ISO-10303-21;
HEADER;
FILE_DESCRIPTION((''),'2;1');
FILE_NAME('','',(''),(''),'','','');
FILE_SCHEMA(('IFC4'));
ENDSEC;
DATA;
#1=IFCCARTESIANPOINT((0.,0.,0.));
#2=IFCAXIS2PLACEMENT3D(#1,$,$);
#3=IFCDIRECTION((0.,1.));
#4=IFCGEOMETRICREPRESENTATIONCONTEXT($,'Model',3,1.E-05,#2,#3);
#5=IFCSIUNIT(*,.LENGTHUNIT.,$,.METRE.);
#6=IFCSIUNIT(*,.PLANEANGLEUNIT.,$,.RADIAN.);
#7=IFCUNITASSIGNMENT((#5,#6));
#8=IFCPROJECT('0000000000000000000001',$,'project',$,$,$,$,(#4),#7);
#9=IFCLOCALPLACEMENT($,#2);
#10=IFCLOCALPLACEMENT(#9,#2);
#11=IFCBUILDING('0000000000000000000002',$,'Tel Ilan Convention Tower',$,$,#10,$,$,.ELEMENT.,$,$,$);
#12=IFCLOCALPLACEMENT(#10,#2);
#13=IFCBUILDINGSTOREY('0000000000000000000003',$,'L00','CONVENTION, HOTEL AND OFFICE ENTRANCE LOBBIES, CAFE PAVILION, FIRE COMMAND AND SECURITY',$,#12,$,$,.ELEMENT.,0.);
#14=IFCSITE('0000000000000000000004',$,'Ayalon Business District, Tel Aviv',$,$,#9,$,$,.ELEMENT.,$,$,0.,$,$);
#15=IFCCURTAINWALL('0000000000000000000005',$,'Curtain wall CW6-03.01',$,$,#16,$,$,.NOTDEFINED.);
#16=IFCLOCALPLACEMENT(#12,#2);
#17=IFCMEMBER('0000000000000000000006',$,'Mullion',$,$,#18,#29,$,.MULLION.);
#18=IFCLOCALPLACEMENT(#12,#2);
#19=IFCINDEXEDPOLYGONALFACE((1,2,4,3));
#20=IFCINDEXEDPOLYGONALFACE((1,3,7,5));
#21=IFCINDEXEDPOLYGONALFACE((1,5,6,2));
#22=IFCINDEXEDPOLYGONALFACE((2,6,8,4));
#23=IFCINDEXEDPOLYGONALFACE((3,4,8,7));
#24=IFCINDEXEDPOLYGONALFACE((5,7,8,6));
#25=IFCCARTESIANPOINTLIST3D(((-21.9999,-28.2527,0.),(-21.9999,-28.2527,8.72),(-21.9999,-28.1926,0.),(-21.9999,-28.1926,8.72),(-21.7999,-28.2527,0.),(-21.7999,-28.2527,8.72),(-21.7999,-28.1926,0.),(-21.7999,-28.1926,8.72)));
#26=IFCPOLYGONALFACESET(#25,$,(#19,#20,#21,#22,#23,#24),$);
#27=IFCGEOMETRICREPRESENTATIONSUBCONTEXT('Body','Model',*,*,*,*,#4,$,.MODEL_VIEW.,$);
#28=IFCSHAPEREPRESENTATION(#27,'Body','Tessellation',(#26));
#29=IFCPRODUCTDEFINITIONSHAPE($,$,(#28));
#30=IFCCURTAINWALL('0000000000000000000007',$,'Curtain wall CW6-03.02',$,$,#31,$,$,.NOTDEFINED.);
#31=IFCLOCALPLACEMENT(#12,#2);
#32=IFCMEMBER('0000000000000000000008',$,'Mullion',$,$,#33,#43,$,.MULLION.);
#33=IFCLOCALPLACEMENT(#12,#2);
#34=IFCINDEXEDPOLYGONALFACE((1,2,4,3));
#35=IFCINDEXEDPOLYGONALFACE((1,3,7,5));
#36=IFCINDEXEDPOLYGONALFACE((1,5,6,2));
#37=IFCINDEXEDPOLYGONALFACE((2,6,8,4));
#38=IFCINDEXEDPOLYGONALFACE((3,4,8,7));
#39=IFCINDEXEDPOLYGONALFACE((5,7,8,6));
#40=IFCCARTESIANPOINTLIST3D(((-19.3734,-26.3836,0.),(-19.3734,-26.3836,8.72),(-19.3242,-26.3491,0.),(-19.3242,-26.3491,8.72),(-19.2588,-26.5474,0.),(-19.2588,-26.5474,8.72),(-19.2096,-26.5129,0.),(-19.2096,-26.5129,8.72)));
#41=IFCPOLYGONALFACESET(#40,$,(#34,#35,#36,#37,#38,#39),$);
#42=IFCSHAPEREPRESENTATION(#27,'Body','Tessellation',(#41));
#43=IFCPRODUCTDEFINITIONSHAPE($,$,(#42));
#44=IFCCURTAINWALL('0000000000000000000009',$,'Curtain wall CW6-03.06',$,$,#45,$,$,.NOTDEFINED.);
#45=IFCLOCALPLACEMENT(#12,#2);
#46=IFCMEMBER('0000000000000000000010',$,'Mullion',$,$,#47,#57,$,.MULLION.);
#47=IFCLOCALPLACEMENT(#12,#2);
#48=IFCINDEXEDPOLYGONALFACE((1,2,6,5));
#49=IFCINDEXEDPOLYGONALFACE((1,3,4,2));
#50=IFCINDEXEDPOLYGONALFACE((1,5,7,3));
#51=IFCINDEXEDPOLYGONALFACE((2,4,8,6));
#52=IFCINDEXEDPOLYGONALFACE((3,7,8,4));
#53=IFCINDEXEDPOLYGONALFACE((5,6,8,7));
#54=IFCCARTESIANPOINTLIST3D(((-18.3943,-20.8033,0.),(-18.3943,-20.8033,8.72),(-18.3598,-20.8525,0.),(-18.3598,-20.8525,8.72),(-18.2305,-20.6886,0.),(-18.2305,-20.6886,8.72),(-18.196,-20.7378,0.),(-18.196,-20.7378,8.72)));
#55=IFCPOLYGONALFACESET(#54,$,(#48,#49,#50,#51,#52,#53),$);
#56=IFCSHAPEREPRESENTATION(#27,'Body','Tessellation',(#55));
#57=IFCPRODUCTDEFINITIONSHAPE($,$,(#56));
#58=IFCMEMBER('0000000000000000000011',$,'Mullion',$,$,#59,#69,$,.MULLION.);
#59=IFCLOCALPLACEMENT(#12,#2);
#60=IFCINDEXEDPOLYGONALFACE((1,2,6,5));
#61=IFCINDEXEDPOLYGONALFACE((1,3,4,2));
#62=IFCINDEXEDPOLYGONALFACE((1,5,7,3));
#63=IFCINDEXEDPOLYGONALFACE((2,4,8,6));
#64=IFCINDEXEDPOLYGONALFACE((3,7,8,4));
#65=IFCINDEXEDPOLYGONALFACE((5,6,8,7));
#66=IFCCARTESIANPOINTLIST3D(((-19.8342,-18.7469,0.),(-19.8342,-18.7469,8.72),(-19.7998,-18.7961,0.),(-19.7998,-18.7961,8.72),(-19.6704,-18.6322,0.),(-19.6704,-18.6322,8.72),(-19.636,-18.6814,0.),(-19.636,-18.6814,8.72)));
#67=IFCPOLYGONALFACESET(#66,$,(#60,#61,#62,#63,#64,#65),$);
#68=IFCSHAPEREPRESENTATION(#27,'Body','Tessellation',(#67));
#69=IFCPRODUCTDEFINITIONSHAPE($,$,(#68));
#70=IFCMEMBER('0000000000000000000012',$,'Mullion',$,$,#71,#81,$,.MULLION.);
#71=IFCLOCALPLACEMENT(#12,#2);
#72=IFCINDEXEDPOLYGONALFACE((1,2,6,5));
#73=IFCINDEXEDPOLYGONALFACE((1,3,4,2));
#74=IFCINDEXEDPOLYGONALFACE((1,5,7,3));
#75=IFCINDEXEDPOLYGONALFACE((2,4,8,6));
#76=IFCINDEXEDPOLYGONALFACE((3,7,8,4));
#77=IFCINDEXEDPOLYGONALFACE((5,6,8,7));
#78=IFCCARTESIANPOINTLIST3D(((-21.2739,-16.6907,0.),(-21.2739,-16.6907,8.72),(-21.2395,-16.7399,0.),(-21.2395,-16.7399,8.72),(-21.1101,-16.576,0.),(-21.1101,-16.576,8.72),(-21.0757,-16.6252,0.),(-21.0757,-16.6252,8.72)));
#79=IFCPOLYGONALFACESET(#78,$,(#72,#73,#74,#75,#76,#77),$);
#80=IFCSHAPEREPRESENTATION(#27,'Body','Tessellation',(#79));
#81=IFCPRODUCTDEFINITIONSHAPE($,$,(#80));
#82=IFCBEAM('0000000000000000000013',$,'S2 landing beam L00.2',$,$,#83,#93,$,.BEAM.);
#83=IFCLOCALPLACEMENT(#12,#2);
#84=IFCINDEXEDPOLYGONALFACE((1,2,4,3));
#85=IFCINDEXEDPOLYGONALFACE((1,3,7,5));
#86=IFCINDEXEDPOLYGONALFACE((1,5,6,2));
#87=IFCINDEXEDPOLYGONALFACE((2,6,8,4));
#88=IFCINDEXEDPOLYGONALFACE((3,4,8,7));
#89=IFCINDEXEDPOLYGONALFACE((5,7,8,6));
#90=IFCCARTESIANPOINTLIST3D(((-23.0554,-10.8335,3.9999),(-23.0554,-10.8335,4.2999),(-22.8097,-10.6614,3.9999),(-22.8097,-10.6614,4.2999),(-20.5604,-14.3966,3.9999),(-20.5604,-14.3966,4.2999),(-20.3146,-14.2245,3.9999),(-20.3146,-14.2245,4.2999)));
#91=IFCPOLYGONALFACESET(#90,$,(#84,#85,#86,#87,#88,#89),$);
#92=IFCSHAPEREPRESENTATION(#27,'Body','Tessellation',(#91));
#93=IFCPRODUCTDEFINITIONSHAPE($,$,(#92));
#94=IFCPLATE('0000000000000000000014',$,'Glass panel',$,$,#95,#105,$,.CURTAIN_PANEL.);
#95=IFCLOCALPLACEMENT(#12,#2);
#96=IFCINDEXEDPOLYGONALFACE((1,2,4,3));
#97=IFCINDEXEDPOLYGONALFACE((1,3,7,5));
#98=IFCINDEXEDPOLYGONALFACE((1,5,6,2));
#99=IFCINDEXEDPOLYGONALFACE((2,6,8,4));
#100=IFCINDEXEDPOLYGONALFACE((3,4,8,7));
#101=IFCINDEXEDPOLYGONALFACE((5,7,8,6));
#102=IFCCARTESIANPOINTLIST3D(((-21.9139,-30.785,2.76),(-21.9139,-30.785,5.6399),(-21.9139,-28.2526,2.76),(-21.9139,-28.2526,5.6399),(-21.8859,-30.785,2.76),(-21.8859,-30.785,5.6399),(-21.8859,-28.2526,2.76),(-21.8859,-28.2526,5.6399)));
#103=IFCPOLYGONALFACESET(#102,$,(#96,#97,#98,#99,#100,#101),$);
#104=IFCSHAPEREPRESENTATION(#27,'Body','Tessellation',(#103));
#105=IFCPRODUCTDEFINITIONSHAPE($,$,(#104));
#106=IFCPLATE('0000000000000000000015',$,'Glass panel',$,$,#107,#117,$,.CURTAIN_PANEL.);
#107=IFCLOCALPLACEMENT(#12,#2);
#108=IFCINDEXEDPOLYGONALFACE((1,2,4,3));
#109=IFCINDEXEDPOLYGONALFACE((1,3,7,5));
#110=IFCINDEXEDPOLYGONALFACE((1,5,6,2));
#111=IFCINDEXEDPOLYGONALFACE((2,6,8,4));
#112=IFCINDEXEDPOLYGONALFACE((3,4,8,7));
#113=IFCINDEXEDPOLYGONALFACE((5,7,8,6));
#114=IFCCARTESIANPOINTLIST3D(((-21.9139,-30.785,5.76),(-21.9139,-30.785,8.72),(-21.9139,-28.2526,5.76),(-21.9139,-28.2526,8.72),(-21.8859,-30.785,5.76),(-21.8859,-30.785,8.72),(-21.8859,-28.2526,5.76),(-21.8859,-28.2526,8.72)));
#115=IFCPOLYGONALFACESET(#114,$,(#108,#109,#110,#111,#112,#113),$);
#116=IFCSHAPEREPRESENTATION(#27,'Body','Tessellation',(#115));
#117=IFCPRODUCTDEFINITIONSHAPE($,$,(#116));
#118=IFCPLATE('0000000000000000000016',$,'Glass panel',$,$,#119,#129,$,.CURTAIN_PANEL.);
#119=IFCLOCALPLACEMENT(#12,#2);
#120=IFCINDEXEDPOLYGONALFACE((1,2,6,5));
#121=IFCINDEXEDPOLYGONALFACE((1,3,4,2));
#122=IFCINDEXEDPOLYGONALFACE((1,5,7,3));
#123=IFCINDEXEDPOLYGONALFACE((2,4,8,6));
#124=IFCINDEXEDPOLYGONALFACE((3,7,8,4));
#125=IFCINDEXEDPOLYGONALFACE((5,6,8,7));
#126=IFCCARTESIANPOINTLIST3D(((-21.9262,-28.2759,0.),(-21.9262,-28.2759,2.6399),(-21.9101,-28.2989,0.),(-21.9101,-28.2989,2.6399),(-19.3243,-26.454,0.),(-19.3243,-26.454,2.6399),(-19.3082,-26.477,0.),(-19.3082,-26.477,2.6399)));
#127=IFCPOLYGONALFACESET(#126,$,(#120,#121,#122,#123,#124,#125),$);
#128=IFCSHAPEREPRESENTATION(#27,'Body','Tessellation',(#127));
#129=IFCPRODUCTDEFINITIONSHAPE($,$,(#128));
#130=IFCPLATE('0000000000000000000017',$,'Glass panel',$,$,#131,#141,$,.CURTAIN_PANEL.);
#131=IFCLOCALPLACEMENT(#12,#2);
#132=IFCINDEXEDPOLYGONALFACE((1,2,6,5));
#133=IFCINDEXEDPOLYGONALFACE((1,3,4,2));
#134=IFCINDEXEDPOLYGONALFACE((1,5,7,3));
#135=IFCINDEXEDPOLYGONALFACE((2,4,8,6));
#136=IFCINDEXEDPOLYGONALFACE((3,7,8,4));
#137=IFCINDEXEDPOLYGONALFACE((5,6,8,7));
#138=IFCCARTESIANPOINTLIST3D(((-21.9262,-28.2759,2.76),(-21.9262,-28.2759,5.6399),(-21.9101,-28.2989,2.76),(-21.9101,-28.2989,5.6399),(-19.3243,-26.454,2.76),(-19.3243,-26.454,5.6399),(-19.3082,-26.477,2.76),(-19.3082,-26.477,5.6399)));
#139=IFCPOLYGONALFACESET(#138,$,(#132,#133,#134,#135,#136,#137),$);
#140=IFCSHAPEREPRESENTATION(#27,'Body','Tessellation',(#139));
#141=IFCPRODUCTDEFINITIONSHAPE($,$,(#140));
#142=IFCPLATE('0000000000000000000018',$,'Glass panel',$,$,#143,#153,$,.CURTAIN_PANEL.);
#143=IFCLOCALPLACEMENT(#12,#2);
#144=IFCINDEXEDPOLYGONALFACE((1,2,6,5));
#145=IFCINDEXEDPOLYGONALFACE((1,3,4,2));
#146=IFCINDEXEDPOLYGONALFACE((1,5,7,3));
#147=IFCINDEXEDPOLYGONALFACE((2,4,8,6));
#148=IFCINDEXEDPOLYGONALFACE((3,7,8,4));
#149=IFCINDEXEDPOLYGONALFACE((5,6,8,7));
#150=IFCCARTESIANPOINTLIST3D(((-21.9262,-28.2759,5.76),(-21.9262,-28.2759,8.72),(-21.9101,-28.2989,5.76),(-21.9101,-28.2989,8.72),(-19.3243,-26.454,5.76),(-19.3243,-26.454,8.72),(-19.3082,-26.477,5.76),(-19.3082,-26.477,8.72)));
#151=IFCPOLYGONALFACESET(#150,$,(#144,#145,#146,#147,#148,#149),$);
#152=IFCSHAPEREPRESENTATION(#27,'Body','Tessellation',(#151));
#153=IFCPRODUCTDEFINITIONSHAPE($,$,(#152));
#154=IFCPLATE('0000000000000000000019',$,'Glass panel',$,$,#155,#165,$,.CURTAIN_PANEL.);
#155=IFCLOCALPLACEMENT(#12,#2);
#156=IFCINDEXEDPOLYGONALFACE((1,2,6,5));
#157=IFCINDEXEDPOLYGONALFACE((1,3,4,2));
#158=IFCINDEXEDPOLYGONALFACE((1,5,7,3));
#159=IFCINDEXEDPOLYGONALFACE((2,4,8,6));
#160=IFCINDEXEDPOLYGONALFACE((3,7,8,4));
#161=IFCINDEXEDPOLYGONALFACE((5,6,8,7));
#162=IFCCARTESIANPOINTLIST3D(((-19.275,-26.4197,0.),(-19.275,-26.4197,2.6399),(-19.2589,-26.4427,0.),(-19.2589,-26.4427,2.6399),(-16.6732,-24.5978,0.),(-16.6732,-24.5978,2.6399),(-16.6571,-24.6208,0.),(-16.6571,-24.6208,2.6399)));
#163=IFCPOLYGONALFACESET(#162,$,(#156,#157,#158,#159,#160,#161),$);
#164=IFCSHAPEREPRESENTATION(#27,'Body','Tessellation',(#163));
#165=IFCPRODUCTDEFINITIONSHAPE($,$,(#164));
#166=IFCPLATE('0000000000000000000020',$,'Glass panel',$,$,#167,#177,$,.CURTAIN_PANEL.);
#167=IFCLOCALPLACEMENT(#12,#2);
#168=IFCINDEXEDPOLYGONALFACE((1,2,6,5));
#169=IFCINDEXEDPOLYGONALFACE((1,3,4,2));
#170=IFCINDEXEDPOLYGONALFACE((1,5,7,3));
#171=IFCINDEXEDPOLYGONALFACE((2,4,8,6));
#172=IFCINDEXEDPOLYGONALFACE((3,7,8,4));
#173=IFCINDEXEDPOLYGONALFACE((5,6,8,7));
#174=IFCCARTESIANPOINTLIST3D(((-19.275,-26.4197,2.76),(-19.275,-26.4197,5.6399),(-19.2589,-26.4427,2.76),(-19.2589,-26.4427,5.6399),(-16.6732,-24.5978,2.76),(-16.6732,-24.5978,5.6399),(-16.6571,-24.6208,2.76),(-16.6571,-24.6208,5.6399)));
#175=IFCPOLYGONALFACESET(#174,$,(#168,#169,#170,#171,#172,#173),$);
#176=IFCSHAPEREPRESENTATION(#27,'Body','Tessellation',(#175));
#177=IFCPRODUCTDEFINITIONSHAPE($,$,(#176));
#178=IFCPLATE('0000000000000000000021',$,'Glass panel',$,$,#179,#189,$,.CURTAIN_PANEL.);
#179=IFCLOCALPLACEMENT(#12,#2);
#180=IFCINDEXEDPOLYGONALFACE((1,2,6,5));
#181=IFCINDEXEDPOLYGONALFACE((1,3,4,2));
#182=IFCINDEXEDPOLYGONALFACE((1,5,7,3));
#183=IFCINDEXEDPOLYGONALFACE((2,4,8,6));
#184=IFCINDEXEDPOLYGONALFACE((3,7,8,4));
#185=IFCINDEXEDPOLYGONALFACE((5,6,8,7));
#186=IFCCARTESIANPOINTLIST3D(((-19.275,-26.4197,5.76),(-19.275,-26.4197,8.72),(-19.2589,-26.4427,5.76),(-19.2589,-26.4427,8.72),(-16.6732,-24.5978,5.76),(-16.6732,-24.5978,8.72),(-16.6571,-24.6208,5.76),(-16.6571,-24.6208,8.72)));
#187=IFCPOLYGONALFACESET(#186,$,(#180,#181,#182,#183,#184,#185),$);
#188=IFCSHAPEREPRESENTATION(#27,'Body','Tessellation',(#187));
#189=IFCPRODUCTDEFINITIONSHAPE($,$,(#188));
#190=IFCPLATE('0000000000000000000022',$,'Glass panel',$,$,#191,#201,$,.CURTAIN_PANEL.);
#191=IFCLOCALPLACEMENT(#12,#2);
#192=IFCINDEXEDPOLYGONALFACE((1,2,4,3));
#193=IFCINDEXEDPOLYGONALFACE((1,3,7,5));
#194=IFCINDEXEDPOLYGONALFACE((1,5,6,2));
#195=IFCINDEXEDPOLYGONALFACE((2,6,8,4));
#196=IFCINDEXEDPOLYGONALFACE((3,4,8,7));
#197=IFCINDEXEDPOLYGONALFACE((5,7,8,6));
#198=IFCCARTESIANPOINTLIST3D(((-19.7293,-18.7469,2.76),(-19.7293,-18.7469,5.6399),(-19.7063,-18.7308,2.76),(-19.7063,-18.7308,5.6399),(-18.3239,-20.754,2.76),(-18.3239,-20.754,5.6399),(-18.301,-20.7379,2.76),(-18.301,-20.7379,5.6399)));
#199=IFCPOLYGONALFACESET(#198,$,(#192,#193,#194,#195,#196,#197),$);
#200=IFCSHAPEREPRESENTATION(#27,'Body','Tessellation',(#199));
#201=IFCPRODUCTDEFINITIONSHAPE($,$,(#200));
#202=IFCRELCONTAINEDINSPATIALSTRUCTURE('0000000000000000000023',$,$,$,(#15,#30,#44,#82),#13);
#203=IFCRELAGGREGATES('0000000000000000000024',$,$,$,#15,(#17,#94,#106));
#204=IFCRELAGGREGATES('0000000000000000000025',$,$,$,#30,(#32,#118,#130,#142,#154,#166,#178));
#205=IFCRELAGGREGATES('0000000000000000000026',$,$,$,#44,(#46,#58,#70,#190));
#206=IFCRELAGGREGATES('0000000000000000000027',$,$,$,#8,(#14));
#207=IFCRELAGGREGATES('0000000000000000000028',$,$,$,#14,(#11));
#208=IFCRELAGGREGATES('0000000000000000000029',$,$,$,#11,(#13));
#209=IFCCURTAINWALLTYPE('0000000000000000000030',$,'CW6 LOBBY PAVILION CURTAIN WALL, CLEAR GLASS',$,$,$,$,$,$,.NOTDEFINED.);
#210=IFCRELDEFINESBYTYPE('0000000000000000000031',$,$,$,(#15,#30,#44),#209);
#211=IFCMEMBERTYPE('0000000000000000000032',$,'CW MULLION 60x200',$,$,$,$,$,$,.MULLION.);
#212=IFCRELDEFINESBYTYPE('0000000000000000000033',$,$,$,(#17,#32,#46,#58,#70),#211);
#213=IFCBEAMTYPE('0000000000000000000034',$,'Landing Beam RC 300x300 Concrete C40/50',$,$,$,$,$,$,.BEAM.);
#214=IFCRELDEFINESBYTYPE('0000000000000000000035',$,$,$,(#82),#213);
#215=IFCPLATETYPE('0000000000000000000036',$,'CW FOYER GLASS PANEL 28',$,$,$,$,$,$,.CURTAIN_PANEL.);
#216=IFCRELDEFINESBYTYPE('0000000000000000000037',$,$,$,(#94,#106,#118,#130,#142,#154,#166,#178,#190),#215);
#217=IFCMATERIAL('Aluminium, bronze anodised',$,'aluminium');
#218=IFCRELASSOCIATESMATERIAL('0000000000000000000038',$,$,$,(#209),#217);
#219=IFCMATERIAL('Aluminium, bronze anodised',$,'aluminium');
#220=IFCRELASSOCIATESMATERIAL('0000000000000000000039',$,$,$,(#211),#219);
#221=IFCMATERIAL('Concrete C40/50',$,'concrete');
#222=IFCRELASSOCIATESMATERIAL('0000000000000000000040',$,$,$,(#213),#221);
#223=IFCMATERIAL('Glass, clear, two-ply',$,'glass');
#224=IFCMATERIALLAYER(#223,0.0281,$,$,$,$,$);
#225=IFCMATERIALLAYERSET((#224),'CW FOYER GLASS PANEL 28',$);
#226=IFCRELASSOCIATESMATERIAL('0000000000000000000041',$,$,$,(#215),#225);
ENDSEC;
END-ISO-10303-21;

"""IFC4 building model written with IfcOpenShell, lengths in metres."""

from ifc_helpers import new_model, si_unit, direction, frame, origin, origin_2d, place, context, subcontext, project, spatial, rectangle, extrude, material, layer, layer_set, material_profile, profile_set, type_object, element, aggregate, save


model = new_model("IFC4")

# Units and contexts
model_context = context("Model", 3, precision=1e-05, world=origin(), true_north=direction((0.0, 1.0)))
body_context = subcontext(model_context, "Body", "Model", "MODEL_VIEW")
ifc_project = project(units=[si_unit("LENGTHUNIT", "METRE"), si_unit("PLANEANGLEUNIT", "RADIAN")], contexts=[model_context])

# Site, building, storey
site_placement = place(None, origin())
site = spatial("IfcSite", under=ifc_project, at=site_placement, Name="Ayalon Business District, Tel Aviv", CompositionType="ELEMENT", RefElevation=0.0)
building_placement = place(site_placement, origin())
building = spatial("IfcBuilding", under=site, at=building_placement, Name="Tel Ilan Convention Tower", CompositionType="ELEMENT")
storey_placement = place(building_placement, origin())
storey = spatial("IfcBuildingStorey", under=building, at=storey_placement, Name="L00", Description="CONVENTION, HOTEL AND OFFICE ENTRANCE LOBBIES, CAFE PAVILION, FIRE COMMAND AND SECURITY", CompositionType="ELEMENT", Elevation=0.0)

# Curtain walls, members
ifc_material_1 = material(Name="Aluminium, bronze anodised", Category="aluminium")
curtain_wall_type = type_object("IfcCurtainWallType", Name="CW6 LOBBY PAVILION CURTAIN WALL, CLEAR GLASS", PredefinedType="NOTDEFINED", material=ifc_material_1)
curtain_wall_1_placement = place(storey_placement, origin())
curtain_wall_1 = element("IfcCurtainWall", 1, at=curtain_wall_1_placement, inside=storey, type_object=curtain_wall_type, Name="Curtain wall CW6-03.01", PredefinedType="NOTDEFINED")
ifc_material_2 = material(Name="Aluminium, bronze anodised", Category="aluminium")
ifc_material_profile_1 = material_profile(ifc_material_2, rectangle(XDim=0.0601, YDim=0.2, at=origin_2d()), Name="CW MULLION 60x200")
ifc_profile_set_1 = profile_set([ifc_material_profile_1], Name="Aluminium, bronze anodised")
member_type = type_object("IfcMemberType", Name="CW MULLION 60x200", PredefinedType="MULLION", material=ifc_profile_set_1)
member_1_placement = place(storey_placement, frame((-21.8999, -28.2227, 0.0), z_axis=(0.0, 0.0, 1.0), x_axis=(0.0, 1.0, 0.0)))
member_1 = element("IfcMember", 2, at=member_1_placement, type_object=member_type, Name="Mullion", PredefinedType="MULLION", context=body_context, shape_type="SweptSolid", body=[
    extrude(rectangle(XDim=0.0601, YDim=0.2, at=origin_2d()), origin(), (0.0, 0.0, 1.0), 8.72),
])
curtain_wall_2_placement = place(storey_placement, origin())
curtain_wall_2 = element("IfcCurtainWall", 3, at=curtain_wall_2_placement, inside=storey, type_object=curtain_wall_type, Name="Curtain wall CW6-03.02", PredefinedType="NOTDEFINED")
member_2_placement = place(storey_placement, frame((-19.2915, -26.4482, 0.0), z_axis=(0.0, 0.0, 1.0), x_axis=(0.819152, 0.573576, 0.0)))
member_2 = element("IfcMember", 4, at=member_2_placement, type_object=member_type, Name="Mullion", PredefinedType="MULLION", context=body_context, shape_type="SweptSolid", body=[
    extrude(rectangle(XDim=0.0601, YDim=0.2, at=origin_2d()), origin(), (0.0, 0.0, 1.0), 8.72),
])

# Curtain wall, members
curtain_wall_3_placement = place(storey_placement, origin())
curtain_wall_3 = element("IfcCurtainWall", 5, at=curtain_wall_3_placement, inside=storey, type_object=curtain_wall_type, Name="Curtain wall CW6-03.06", PredefinedType="NOTDEFINED")
member_3_placement = place(storey_placement, frame((-18.2952, -20.7705, 0.0), z_axis=(0.0, 0.0, 1.0), x_axis=(-0.573576, 0.819152, 0.0)))
member_3 = element("IfcMember", 6, at=member_3_placement, type_object=member_type, Name="Mullion", PredefinedType="MULLION", context=body_context, shape_type="SweptSolid", body=[
    extrude(rectangle(XDim=0.0601, YDim=0.2, at=origin_2d()), origin(), (0.0, 0.0, 1.0), 8.72),
])
member_4_placement = place(storey_placement, frame((-19.7351, -18.7141, 0.0), z_axis=(0.0, 0.0, 1.0), x_axis=(-0.573576, 0.819152, 0.0)))
member_4 = element("IfcMember", 7, at=member_4_placement, type_object=member_type, Name="Mullion", PredefinedType="MULLION", context=body_context, shape_type="SweptSolid", body=[
    extrude(rectangle(XDim=0.0601, YDim=0.2, at=origin_2d()), origin(), (0.0, 0.0, 1.0), 8.72),
])
member_5_placement = place(storey_placement, frame((-21.1748, -16.658, 0.0), z_axis=(0.0, 0.0, 1.0), x_axis=(-0.573576, 0.819152, 0.0)))
member_5 = element("IfcMember", 8, at=member_5_placement, type_object=member_type, Name="Mullion", PredefinedType="MULLION", context=body_context, shape_type="SweptSolid", body=[
    extrude(rectangle(XDim=0.0601, YDim=0.2, at=origin_2d()), origin(), (0.0, 0.0, 1.0), 8.72),
])

# Beam
ifc_material_3 = material(Name="Concrete C40/50", Category="concrete")
ifc_material_profile_2 = material_profile(ifc_material_3, rectangle(XDim=0.3, YDim=0.3, at=origin_2d()), Name="RC 300x300")
ifc_profile_set_2 = profile_set([ifc_material_profile_2], Name="Concrete C40/50")
beam_type = type_object("IfcBeamType", Name="Landing Beam RC 300x300 Concrete C40/50", PredefinedType="BEAM", material=ifc_profile_set_2)
beam_placement = place(storey_placement, frame((-20.4375, -14.3105, 4.1499), z_axis=(-0.573594, 0.81914, 0.0), x_axis=(-0.81914, -0.573594, 0.0)))
element("IfcBeam", 9, at=beam_placement, inside=storey, type_object=beam_type, Name="S2 landing beam L00.2", PredefinedType="BEAM", context=body_context, shape_type="SweptSolid", body=[
    extrude(rectangle(XDim=0.3, YDim=0.3, at=origin_2d()), origin(), (0.0, 0.0, 1.0), 4.3499),
])

# Plates
ifc_material_4 = material(Name="Glass, clear, two-ply", Category="glass")
ifc_layer_1 = layer(ifc_material_4, 0.0281)
ifc_layer_set_1 = layer_set([ifc_layer_1], Name="CW FOYER GLASS PANEL 28")
plate_type = type_object("IfcPlateType", Name="CW FOYER GLASS PANEL 28", PredefinedType="CURTAIN_PANEL", material=ifc_layer_set_1)
plate_1_placement = place(storey_placement, frame((-21.8999, -29.5188, 2.76), z_axis=(0.0, 0.0, 1.0), x_axis=(0.0, 1.0, 0.0)))
plate_1 = element("IfcPlate", 10, at=plate_1_placement, type_object=plate_type, Name="Glass panel", PredefinedType="CURTAIN_PANEL", context=body_context, shape_type="SweptSolid", body=[
    extrude(rectangle(XDim=2.5325, YDim=0.0281, at=origin_2d()), origin(), (0.0, 0.0, 1.0), 2.8799),
])
plate_2_placement = place(storey_placement, frame((-21.8999, -29.5188, 5.76), z_axis=(0.0, 0.0, 1.0), x_axis=(0.0, 1.0, 0.0)))
plate_2 = element("IfcPlate", 11, at=plate_2_placement, type_object=plate_type, Name="Glass panel", PredefinedType="CURTAIN_PANEL", context=body_context, shape_type="SweptSolid", body=[
    extrude(rectangle(XDim=2.5325, YDim=0.0281, at=origin_2d()), origin(), (0.0, 0.0, 1.0), 2.96),
])
aggregate(curtain_wall_1, [member_1, plate_1, plate_2])
plate_3_placement = place(storey_placement, frame((-20.6172, -27.3765, 0.0), z_axis=(0.0, 0.0, 1.0), x_axis=(0.819152, 0.573576, 0.0)))
plate_3 = element("IfcPlate", 12, at=plate_3_placement, type_object=plate_type, Name="Glass panel", PredefinedType="CURTAIN_PANEL", context=body_context, shape_type="SweptSolid", body=[
    extrude(rectangle(XDim=3.1763, YDim=0.0281, at=origin_2d()), origin(), (0.0, 0.0, 1.0), 2.6399),
])
plate_4_placement = place(storey_placement, frame((-20.6172, -27.3765, 2.76), z_axis=(0.0, 0.0, 1.0), x_axis=(0.819152, 0.573576, 0.0)))
plate_4 = element("IfcPlate", 13, at=plate_4_placement, type_object=plate_type, Name="Glass panel", PredefinedType="CURTAIN_PANEL", context=body_context, shape_type="SweptSolid", body=[
    extrude(rectangle(XDim=3.1763, YDim=0.0281, at=origin_2d()), origin(), (0.0, 0.0, 1.0), 2.8799),
])
plate_5_placement = place(storey_placement, frame((-20.6172, -27.3765, 5.76), z_axis=(0.0, 0.0, 1.0), x_axis=(0.819152, 0.573576, 0.0)))
plate_5 = element("IfcPlate", 14, at=plate_5_placement, type_object=plate_type, Name="Glass panel", PredefinedType="CURTAIN_PANEL", context=body_context, shape_type="SweptSolid", body=[
    extrude(rectangle(XDim=3.1763, YDim=0.0281, at=origin_2d()), origin(), (0.0, 0.0, 1.0), 2.96),
])
plate_6_placement = place(storey_placement, frame((-17.9661, -25.5203, 0.0), z_axis=(0.0, 0.0, 1.0), x_axis=(0.819152, 0.573576, 0.0)))
plate_6 = element("IfcPlate", 15, at=plate_6_placement, type_object=plate_type, Name="Glass panel", PredefinedType="CURTAIN_PANEL", context=body_context, shape_type="SweptSolid", body=[
    extrude(rectangle(XDim=3.1763, YDim=0.0281, at=origin_2d()), origin(), (0.0, 0.0, 1.0), 2.6399),
])
plate_7_placement = place(storey_placement, frame((-17.9661, -25.5203, 2.76), z_axis=(0.0, 0.0, 1.0), x_axis=(0.819152, 0.573576, 0.0)))
plate_7 = element("IfcPlate", 16, at=plate_7_placement, type_object=plate_type, Name="Glass panel", PredefinedType="CURTAIN_PANEL", context=body_context, shape_type="SweptSolid", body=[
    extrude(rectangle(XDim=3.1763, YDim=0.0281, at=origin_2d()), origin(), (0.0, 0.0, 1.0), 2.8799),
])
plate_8_placement = place(storey_placement, frame((-17.9661, -25.5203, 5.76), z_axis=(0.0, 0.0, 1.0), x_axis=(0.819152, 0.573576, 0.0)))
plate_8 = element("IfcPlate", 17, at=plate_8_placement, type_object=plate_type, Name="Glass panel", PredefinedType="CURTAIN_PANEL", context=body_context, shape_type="SweptSolid", body=[
    extrude(rectangle(XDim=3.1763, YDim=0.0281, at=origin_2d()), origin(), (0.0, 0.0, 1.0), 2.96),
])
aggregate(curtain_wall_2, [member_2, plate_3, plate_4, plate_5, plate_6, plate_7, plate_8])
plate_9_placement = place(storey_placement, frame((-19.0151, -19.7424, 2.76), z_axis=(0.0, 0.0, 1.0), x_axis=(-0.573576, 0.819152, 0.0)))
plate_9 = element("IfcPlate", 18, at=plate_9_placement, type_object=plate_type, Name="Glass panel", PredefinedType="CURTAIN_PANEL", context=body_context, shape_type="SweptSolid", body=[
    extrude(rectangle(XDim=2.4502, YDim=0.0281, at=origin_2d()), origin(), (0.0, 0.0, 1.0), 2.8799),
])
aggregate(curtain_wall_3, [member_3, member_4, member_5, plate_9])

save(model, "model.ifc")
